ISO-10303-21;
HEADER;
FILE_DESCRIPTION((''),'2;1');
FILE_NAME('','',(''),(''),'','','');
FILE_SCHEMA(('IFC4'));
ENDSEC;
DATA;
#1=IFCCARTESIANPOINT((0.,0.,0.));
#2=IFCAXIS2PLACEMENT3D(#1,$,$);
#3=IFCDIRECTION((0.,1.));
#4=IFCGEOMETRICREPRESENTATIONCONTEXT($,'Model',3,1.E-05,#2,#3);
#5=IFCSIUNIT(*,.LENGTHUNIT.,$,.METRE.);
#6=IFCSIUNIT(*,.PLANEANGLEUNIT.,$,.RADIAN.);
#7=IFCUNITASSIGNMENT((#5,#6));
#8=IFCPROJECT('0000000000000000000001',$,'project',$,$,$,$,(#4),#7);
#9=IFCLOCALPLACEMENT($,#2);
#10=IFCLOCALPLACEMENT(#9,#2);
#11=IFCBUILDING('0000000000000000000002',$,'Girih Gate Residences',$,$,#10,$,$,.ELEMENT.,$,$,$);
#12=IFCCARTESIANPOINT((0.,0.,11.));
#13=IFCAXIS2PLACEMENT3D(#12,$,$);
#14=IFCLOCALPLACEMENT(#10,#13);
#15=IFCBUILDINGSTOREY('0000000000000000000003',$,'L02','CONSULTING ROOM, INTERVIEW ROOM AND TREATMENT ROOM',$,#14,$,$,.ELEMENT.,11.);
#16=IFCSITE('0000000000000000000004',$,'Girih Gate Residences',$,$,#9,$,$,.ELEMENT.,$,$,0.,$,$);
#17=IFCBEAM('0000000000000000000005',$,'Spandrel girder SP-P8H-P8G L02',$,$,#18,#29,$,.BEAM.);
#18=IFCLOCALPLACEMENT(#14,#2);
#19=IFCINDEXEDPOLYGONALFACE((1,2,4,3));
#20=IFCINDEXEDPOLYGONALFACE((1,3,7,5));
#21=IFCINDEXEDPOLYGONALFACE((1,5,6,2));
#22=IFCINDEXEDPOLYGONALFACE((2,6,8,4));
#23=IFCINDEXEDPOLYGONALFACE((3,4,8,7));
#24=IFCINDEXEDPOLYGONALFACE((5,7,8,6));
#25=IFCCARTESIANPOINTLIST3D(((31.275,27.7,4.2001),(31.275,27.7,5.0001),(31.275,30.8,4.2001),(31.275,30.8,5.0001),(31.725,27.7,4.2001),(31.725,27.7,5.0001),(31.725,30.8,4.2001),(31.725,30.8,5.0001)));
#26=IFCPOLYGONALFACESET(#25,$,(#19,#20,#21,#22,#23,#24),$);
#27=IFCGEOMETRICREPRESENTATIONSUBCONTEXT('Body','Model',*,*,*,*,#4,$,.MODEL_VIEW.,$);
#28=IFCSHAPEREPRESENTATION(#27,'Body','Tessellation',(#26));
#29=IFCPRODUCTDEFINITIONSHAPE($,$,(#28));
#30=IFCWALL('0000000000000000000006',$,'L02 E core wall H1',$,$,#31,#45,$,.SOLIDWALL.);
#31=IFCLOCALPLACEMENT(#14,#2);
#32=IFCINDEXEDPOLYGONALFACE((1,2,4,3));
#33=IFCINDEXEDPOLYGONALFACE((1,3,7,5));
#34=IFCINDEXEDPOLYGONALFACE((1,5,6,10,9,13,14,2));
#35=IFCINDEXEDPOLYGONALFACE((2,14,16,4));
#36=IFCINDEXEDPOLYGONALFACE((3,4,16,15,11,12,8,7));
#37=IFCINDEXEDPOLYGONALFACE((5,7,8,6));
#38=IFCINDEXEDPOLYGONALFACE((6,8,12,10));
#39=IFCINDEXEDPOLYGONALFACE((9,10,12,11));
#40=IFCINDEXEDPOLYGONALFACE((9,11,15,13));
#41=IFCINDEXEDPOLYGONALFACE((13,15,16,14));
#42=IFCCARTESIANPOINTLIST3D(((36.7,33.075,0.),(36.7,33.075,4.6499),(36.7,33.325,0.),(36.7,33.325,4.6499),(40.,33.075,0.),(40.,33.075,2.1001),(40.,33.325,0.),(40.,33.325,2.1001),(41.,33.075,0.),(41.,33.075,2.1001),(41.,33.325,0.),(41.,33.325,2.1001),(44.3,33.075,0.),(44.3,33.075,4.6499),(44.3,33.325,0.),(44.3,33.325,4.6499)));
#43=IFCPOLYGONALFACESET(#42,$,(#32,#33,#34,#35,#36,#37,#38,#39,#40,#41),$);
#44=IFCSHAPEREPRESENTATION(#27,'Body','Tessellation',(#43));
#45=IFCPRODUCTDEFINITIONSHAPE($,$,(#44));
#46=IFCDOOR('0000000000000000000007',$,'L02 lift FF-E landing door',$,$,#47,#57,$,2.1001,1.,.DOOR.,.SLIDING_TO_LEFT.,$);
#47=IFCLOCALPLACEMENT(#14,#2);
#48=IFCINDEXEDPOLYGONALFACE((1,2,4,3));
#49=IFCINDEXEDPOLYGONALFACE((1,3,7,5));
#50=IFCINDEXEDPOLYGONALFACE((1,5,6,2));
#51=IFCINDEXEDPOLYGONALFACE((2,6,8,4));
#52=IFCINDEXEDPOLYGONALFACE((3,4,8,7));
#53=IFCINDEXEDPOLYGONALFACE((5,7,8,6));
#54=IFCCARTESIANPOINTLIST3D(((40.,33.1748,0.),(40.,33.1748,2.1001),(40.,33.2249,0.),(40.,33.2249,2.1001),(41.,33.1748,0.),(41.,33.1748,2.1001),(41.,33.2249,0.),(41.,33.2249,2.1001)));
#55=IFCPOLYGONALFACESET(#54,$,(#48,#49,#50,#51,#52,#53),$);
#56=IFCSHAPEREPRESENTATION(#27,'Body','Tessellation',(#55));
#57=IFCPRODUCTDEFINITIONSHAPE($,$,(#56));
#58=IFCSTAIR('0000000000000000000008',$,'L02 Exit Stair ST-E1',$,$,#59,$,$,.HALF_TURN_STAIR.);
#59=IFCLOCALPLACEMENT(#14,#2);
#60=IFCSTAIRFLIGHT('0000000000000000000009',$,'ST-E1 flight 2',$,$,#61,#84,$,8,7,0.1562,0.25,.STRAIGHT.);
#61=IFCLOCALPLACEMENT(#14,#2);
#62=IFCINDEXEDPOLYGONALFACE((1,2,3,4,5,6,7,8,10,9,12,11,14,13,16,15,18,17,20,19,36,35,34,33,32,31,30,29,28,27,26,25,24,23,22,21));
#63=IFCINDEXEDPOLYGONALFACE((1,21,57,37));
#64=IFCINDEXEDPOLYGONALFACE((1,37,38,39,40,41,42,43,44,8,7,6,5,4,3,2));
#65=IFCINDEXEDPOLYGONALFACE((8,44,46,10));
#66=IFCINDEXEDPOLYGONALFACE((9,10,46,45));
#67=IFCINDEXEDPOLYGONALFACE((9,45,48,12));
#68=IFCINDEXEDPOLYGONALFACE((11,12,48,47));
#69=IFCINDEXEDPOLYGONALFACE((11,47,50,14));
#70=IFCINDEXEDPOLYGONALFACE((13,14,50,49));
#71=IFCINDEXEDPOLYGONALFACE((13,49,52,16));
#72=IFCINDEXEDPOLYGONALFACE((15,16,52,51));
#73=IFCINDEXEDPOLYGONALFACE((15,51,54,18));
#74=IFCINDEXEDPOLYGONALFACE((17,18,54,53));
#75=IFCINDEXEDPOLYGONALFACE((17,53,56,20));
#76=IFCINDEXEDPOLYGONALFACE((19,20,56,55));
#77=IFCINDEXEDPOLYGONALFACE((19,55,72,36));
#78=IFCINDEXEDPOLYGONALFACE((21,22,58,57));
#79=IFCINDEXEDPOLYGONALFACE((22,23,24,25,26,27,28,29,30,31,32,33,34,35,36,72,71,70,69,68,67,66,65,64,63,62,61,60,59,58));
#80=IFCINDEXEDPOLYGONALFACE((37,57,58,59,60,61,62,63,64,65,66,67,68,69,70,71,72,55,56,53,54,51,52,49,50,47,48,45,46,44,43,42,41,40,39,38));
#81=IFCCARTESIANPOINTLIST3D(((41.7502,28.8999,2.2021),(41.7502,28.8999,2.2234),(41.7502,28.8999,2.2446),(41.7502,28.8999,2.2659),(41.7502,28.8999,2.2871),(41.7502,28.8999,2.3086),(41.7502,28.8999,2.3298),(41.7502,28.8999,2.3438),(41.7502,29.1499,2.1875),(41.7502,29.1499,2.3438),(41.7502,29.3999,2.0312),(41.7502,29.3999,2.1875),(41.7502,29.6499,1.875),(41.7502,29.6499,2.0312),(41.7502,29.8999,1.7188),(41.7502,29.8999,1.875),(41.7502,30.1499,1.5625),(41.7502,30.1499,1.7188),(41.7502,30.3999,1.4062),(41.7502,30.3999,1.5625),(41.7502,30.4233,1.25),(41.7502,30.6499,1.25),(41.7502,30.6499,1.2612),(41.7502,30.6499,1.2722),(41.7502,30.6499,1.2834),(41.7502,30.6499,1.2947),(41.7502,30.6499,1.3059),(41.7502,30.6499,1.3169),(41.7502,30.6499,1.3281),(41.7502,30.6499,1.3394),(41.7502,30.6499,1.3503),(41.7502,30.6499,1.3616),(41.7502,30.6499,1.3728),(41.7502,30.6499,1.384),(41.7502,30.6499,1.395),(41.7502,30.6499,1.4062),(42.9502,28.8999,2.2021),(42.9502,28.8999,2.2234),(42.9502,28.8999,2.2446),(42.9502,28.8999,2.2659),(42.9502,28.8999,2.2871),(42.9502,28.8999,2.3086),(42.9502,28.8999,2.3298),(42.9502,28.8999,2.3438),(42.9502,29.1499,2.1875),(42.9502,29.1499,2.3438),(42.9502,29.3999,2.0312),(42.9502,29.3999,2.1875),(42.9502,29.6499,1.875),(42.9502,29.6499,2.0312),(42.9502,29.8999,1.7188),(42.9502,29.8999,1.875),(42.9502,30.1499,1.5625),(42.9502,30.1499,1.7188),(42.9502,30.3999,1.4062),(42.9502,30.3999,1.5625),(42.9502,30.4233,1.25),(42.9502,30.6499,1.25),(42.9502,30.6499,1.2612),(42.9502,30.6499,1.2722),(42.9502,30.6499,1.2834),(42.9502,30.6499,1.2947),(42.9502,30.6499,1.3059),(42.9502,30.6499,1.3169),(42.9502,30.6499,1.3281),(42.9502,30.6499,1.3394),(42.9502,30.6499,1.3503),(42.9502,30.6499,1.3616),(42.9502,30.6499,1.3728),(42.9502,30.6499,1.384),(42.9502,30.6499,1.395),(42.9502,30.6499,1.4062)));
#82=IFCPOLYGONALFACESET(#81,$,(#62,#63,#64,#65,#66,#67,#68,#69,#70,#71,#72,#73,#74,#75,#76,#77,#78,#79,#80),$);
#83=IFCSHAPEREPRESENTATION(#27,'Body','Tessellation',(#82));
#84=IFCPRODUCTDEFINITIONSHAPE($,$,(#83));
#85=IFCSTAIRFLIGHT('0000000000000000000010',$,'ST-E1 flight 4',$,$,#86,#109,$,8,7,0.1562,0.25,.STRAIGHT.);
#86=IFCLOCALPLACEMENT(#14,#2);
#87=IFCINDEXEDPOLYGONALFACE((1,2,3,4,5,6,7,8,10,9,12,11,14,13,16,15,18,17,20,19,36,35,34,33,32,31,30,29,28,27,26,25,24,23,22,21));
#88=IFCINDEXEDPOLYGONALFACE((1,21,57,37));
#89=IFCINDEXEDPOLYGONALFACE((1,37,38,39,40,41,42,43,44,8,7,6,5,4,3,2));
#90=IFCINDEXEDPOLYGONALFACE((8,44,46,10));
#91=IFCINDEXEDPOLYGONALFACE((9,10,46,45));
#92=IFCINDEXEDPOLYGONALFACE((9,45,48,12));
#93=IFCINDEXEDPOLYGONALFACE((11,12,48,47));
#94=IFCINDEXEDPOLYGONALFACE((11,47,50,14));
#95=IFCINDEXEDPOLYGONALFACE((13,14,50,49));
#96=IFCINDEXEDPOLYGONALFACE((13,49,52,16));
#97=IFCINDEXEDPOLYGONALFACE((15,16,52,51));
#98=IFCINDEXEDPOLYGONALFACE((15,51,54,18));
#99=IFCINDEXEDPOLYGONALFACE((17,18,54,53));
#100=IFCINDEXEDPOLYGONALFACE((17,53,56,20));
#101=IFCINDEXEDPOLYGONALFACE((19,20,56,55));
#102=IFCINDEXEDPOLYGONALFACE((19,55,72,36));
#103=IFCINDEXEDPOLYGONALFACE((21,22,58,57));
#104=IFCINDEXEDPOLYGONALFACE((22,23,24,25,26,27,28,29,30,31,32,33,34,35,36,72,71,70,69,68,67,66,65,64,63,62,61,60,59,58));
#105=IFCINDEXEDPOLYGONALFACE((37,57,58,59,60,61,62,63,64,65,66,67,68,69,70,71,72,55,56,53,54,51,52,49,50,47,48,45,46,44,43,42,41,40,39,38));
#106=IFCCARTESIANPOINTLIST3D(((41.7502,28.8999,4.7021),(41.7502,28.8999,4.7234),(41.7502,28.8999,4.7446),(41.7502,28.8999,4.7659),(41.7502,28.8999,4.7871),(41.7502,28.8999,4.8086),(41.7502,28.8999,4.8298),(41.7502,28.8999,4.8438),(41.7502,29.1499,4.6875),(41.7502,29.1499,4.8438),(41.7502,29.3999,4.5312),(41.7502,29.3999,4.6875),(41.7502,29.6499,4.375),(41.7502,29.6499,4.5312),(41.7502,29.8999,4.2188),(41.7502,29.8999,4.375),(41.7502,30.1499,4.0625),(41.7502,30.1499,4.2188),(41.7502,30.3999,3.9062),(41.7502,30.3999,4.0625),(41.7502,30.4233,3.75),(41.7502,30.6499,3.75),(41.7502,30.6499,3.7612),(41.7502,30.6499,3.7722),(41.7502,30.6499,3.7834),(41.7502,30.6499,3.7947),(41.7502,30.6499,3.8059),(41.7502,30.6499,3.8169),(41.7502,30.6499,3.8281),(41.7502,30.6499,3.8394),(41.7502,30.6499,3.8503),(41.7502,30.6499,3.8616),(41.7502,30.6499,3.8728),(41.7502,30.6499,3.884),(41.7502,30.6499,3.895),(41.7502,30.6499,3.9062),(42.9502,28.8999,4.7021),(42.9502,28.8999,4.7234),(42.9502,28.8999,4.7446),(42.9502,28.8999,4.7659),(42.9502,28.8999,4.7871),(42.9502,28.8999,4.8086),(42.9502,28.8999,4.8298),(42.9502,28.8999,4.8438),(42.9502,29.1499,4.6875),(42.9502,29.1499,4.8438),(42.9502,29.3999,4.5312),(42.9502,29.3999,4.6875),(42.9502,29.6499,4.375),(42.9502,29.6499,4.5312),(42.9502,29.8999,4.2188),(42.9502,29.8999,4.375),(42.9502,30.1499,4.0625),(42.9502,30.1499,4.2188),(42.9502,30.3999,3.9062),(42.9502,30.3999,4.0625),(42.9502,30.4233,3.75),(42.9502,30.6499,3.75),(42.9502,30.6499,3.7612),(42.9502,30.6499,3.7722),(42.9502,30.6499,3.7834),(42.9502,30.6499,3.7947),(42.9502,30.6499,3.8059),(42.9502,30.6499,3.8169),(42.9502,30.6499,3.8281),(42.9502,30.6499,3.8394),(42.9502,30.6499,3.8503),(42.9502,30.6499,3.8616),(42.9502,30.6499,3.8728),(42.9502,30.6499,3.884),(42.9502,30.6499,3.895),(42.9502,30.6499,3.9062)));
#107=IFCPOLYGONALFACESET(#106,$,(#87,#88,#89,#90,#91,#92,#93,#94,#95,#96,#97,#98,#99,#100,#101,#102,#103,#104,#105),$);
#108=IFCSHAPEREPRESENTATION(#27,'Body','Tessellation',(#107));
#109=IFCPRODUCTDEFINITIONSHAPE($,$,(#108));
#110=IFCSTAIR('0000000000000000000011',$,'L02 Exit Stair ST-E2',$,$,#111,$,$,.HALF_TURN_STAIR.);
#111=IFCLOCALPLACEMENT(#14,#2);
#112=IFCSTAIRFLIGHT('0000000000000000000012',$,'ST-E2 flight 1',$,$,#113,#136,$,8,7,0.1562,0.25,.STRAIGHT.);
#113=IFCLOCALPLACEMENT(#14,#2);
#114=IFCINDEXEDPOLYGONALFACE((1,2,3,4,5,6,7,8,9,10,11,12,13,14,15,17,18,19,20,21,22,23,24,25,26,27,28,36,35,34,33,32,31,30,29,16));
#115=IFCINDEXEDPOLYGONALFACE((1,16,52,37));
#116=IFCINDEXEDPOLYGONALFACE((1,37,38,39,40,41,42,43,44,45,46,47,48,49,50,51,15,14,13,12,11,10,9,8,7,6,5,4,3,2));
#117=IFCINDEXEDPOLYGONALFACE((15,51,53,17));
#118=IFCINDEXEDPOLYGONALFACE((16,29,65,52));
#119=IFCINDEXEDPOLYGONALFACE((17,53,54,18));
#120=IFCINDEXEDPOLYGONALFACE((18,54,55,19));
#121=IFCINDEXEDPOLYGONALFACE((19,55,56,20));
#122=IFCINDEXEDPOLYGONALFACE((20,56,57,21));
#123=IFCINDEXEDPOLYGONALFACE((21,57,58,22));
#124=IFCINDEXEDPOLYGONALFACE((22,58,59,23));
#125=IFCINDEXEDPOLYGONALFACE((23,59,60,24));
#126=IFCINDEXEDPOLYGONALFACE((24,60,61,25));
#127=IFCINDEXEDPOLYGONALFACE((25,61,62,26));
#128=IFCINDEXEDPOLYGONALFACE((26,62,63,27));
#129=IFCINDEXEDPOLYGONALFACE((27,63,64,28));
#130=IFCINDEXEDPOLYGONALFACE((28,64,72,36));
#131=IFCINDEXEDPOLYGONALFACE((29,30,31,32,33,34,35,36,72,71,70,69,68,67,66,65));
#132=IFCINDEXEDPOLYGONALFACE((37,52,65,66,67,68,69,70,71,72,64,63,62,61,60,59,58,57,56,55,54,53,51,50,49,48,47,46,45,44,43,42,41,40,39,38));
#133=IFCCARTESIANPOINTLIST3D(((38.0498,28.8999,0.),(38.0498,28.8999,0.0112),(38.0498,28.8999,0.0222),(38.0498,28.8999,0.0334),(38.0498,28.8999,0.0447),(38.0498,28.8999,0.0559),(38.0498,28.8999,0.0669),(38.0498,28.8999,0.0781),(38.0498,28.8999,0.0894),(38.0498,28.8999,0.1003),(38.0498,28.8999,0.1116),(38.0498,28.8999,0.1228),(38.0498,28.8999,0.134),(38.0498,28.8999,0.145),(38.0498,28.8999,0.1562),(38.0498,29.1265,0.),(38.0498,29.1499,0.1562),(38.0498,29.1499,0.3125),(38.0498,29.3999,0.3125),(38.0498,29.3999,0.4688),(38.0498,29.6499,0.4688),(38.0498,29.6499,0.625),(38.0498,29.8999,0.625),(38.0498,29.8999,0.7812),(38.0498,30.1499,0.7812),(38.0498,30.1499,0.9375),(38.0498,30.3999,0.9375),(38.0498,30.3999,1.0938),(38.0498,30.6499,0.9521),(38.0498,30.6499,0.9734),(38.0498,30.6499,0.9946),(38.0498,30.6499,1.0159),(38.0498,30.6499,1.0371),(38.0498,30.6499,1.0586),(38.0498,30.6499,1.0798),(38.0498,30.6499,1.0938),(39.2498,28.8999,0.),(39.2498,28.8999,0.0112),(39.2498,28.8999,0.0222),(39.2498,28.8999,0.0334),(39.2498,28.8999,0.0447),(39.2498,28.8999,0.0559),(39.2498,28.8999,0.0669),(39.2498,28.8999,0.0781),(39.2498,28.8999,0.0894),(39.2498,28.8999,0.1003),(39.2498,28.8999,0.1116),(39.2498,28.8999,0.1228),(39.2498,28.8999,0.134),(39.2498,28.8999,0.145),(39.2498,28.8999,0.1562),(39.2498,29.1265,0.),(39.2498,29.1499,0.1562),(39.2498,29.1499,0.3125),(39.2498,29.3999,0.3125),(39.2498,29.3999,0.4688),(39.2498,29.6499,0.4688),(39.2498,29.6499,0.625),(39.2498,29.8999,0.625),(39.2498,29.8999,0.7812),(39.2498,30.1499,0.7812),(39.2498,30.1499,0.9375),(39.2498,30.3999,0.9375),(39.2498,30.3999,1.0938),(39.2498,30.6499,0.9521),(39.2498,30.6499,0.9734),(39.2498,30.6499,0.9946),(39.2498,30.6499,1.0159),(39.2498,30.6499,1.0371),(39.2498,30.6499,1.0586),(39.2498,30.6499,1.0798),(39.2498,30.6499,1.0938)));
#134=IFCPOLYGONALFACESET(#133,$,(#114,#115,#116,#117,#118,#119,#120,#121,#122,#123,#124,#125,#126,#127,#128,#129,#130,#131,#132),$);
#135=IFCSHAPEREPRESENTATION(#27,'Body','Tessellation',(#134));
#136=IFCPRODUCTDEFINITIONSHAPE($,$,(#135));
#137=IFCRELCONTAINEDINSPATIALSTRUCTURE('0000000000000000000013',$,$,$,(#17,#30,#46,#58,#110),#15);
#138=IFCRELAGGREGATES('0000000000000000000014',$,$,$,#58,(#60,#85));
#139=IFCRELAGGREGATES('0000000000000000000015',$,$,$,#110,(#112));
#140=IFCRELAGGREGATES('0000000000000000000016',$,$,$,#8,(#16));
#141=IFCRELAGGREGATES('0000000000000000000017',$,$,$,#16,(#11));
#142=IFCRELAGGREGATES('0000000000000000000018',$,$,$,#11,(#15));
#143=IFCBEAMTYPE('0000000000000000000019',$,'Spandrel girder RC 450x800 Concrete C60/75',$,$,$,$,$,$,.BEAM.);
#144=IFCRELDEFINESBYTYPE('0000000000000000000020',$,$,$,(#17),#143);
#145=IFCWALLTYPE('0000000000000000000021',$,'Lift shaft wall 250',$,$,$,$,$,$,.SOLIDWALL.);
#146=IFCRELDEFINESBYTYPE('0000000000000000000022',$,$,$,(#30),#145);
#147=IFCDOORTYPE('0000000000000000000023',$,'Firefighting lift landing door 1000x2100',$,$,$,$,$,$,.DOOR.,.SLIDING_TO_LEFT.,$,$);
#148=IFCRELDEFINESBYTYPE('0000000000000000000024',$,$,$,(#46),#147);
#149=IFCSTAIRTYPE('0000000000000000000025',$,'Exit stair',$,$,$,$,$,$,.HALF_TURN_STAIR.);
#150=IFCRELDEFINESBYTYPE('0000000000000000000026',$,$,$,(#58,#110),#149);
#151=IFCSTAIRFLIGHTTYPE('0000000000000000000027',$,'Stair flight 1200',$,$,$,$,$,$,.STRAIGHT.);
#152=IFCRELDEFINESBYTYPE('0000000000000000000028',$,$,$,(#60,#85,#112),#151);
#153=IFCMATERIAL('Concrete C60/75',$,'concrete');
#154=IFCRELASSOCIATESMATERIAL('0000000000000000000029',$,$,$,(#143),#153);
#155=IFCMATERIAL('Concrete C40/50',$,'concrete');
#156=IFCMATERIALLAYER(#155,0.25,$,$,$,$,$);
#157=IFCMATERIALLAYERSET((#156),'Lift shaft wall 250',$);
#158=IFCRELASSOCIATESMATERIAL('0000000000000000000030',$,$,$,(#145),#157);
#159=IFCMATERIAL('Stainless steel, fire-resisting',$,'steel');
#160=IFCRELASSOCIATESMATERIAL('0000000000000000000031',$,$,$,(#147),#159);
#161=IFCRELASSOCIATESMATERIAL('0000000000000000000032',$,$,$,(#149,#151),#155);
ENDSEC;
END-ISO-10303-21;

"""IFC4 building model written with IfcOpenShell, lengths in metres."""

from ifc_helpers import new_model, si_unit, direction, frame, frame_2d, origin, origin_2d, place, context, subcontext, project, spatial, polyline, rectangle, outline, extrude, material, layer, layer_set, material_profile, profile_set, type_object, element, fill, aggregate, save


model = new_model("IFC4")

# Units and contexts
model_context = context("Model", 3, precision=1e-05, world=origin(), true_north=direction((0.0, 1.0)))
body_context = subcontext(model_context, "Body", "Model", "MODEL_VIEW")
ifc_project = project(units=[si_unit("LENGTHUNIT", "METRE"), si_unit("PLANEANGLEUNIT", "RADIAN")], contexts=[model_context])

# Site, building, storey
site_placement = place(None, origin())
site = spatial("IfcSite", under=ifc_project, at=site_placement, Name="Girih Gate Residences", CompositionType="ELEMENT", RefElevation=0.0)
building_placement = place(site_placement, origin())
building = spatial("IfcBuilding", under=site, at=building_placement, Name="Girih Gate Residences", CompositionType="ELEMENT")
storey_placement = place(building_placement, frame((0.0, 0.0, 11.0)))
storey = spatial("IfcBuildingStorey", under=building, at=storey_placement, Name="L02", Description="CONSULTING ROOM, INTERVIEW ROOM AND TREATMENT ROOM", CompositionType="ELEMENT", Elevation=11.0)

# Beam
ifc_material_1 = material(Name="Concrete C60/75", Category="concrete")
ifc_material_profile = material_profile(ifc_material_1, rectangle(XDim=0.45, YDim=0.8, at=origin_2d()))
ifc_profile_set = profile_set([ifc_material_profile], Name="Concrete C60/75")
beam_type = type_object("IfcBeamType", Name="Spandrel girder RC 450x800 Concrete C60/75", PredefinedType="BEAM", material=ifc_profile_set)
beam_placement = place(storey_placement, frame((31.5, 30.8, 4.6001), z_axis=(0.0, -1.0, 0.0), x_axis=(1.0, 0.0, 0.0)))
element("IfcBeam", 1, at=beam_placement, inside=storey, type_object=beam_type, Name="Spandrel girder SP-P8H-P8G L02", PredefinedType="BEAM", context=body_context, shape_type="SweptSolid", body=[
    extrude(rectangle(XDim=0.45, YDim=0.8, at=origin_2d()), origin(), (0.0, 0.0, 1.0), 3.1001),
])

# Wall, opening, door
ifc_material_2 = material(Name="Concrete C40/50", Category="concrete")
ifc_layer = layer(ifc_material_2, 0.25)
ifc_layer_set = layer_set([ifc_layer], Name="Lift shaft wall 250")
wall_type = type_object("IfcWallType", Name="Lift shaft wall 250", PredefinedType="SOLIDWALL", material=ifc_layer_set)
wall_placement = place(storey_placement, frame((36.7, 33.2, 0.0), z_axis=(0.0, 0.0, 1.0), x_axis=(1.0, 0.0, 0.0)))
wall = element("IfcWall", 2, at=wall_placement, inside=storey, type_object=wall_type, Name="L02 E core wall H1", PredefinedType="SOLIDWALL", context=body_context, shape_type="SweptSolid", body=[
    extrude(rectangle(XDim=7.6001, YDim=0.25, at=frame_2d((3.8, 0.0))), origin(), (0.0, 0.0, 1.0), 4.6499),
])
opening_placement = place(wall_placement, frame((3.3, 0.0, 0.0)))
opening = element("IfcOpeningElement", 3, at=opening_placement, cuts=wall, PredefinedType="OPENING", context=body_context, shape_type="SweptSolid", body=[
    extrude(rectangle(XDim=1.0, YDim=2.1001, at=frame_2d((0.5, 1.05))), frame((0.0, 0.135, 0.0), z_axis=(0.0, -1.0, 0.0), x_axis=(1.0, 0.0, 0.0)), (0.0, 0.0, 1.0), 0.27),
])
ifc_material_3 = material(Name="Stainless steel, fire-resisting", Category="steel")
door_type = type_object("IfcDoorType", Name="Firefighting lift landing door 1000x2100", OperationType="SLIDING_TO_LEFT", PredefinedType="DOOR", material=ifc_material_3)
door_placement = place(opening_placement, origin())
door = element("IfcDoor", 4, at=door_placement, inside=storey, type_object=door_type, Name="L02 lift FF-E landing door", OperationType="SLIDING_TO_LEFT", OverallHeight=2.1001, OverallWidth=1.0, PredefinedType="DOOR", context=body_context, shape_type="SweptSolid", body=[
    extrude(rectangle(XDim=1.0, YDim=2.1001, at=frame_2d((0.5, 1.05))), frame((0.0, 0.0249, 0.0), z_axis=(0.0, -1.0, 0.0), x_axis=(1.0, 0.0, 0.0)), (0.0, 0.0, 1.0), 0.05),
])
fill(opening, door)

# Stairs, stair flights
stair_type = type_object("IfcStairType", Name="Exit stair", PredefinedType="HALF_TURN_STAIR", material=ifc_material_2)
stair_1_placement = place(storey_placement, origin())
stair_1 = element("IfcStair", 5, at=stair_1_placement, inside=storey, type_object=stair_type, Name="L02 Exit Stair ST-E1", PredefinedType="HALF_TURN_STAIR")
stair_flight_type = type_object("IfcStairFlightType", Name="Stair flight 1200", PredefinedType="STRAIGHT", material=ifc_material_2)
stair_flight_1_placement = place(storey_placement, frame((42.3501, 30.6499, 1.25), z_axis=(0.0, 0.0, 1.0), x_axis=(0.0, -1.0, 0.0)))
stair_flight_1 = element("IfcStairFlight", 6, at=stair_flight_1_placement, type_object=stair_flight_type, Name="ST-E1 flight 2", NumberOfRisers=8, NumberOfTreads=7, PredefinedType="STRAIGHT", RiserHeight=0.1562, TreadLength=0.25, context=body_context, shape_type="SweptSolid", body=[
    extrude(outline(polyline([(0.0, 0.0), (0.0, 0.0112), (0.0, 0.0222), (0.0, 0.0334), (0.0, 0.0447), (0.0, 0.0559), (0.0, 0.0669), (0.0, 0.0781), (0.0, 0.0894), (0.0, 0.1003), (0.0, 0.1116), (0.0, 0.1228), (0.0, 0.134), (0.0, 0.145), (0.0, 0.1562), (0.25, 0.1562), (0.25, 0.3125), (0.5, 0.3125), (0.5, 0.4688), (0.75, 0.4688), (0.75, 0.625), (1.0, 0.625), (1.0, 0.7812), (1.25, 0.7812), (1.25, 0.9375), (1.5, 0.9375), (1.5, 1.0938), (1.75, 1.0938), (1.75, 1.105), (1.75, 1.116), (1.75, 1.1272), (1.75, 1.1384), (1.75, 1.1497), (1.75, 1.1606), (1.75, 1.1719), (1.75, 1.1831), (1.75, 1.1941), (1.75, 1.2053), (1.75, 1.2166), (1.75, 1.2278), (1.75, 1.2388), (1.75, 1.25), (1.75, 1.2288), (1.75, 1.2075), (1.75, 1.1863), (1.75, 1.1648), (1.75, 1.1436), (1.75, 1.1223), (1.75, 1.1011), (1.75, 1.0798), (1.75, 1.0586), (1.75, 1.0371), (1.75, 1.0159), (1.75, 0.9946), (1.75, 0.9734), (1.75, 0.9521), (0.2266, 0.0), (0.0, 0.0)])), frame((0.0, 0.6001, 0.0), z_axis=(0.0, -1.0, 0.0), x_axis=(1.0, 0.0, 0.0)), (0.0, 0.0, 1.0), 1.2),
])
stair_flight_2_placement = place(storey_placement, frame((42.3501, 30.6499, 3.75), z_axis=(0.0, 0.0, 1.0), x_axis=(0.0, -1.0, 0.0)))
stair_flight_2 = element("IfcStairFlight", 7, at=stair_flight_2_placement, type_object=stair_flight_type, Name="ST-E1 flight 4", NumberOfRisers=8, NumberOfTreads=7, PredefinedType="STRAIGHT", RiserHeight=0.1562, TreadLength=0.25, context=body_context, shape_type="SweptSolid", body=[
    extrude(outline(polyline([(0.0, 0.0), (0.0, 0.0112), (0.0, 0.0222), (0.0, 0.0334), (0.0, 0.0447), (0.0, 0.0559), (0.0, 0.0669), (0.0, 0.0781), (0.0, 0.0894), (0.0, 0.1003), (0.0, 0.1116), (0.0, 0.1228), (0.0, 0.134), (0.0, 0.145), (0.0, 0.1562), (0.25, 0.1562), (0.25, 0.3125), (0.5, 0.3125), (0.5, 0.4688), (0.75, 0.4688), (0.75, 0.625), (1.0, 0.625), (1.0, 0.7812), (1.25, 0.7812), (1.25, 0.9375), (1.5, 0.9375), (1.5, 1.0938), (1.75, 1.0938), (1.75, 1.105), (1.75, 1.116), (1.75, 1.1272), (1.75, 1.1384), (1.75, 1.1497), (1.75, 1.1606), (1.75, 1.1719), (1.75, 1.1831), (1.75, 1.1941), (1.75, 1.2053), (1.75, 1.2166), (1.75, 1.2278), (1.75, 1.2388), (1.75, 1.25), (1.75, 1.2288), (1.75, 1.2075), (1.75, 1.1863), (1.75, 1.1648), (1.75, 1.1436), (1.75, 1.1223), (1.75, 1.1011), (1.75, 1.0798), (1.75, 1.0586), (1.75, 1.0371), (1.75, 1.0159), (1.75, 0.9946), (1.75, 0.9734), (1.75, 0.9521), (0.2266, 0.0), (0.0, 0.0)])), frame((0.0, 0.6001, 0.0), z_axis=(0.0, -1.0, 0.0), x_axis=(1.0, 0.0, 0.0)), (0.0, 0.0, 1.0), 1.2),
])
aggregate(stair_1, [stair_flight_1, stair_flight_2])
stair_2_placement = place(storey_placement, origin())
stair_2 = element("IfcStair", 8, at=stair_2_placement, inside=storey, type_object=stair_type, Name="L02 Exit Stair ST-E2", PredefinedType="HALF_TURN_STAIR")
stair_flight_3_placement = place(storey_placement, frame((38.6499, 28.8999, 0.0), z_axis=(0.0, 0.0, 1.0), x_axis=(0.0, 1.0, 0.0)))
stair_flight_3 = element("IfcStairFlight", 9, at=stair_flight_3_placement, type_object=stair_flight_type, Name="ST-E2 flight 1", NumberOfRisers=8, NumberOfTreads=7, PredefinedType="STRAIGHT", RiserHeight=0.1562, TreadLength=0.25, context=body_context, shape_type="SweptSolid", body=[
    extrude(outline(polyline([(0.0, 0.0), (0.0, 0.0112), (0.0, 0.0222), (0.0, 0.0334), (0.0, 0.0447), (0.0, 0.0559), (0.0, 0.0669), (0.0, 0.0781), (0.0, 0.0894), (0.0, 0.1003), (0.0, 0.1116), (0.0, 0.1228), (0.0, 0.134), (0.0, 0.145), (0.0, 0.1562), (0.25, 0.1562), (0.25, 0.3125), (0.5, 0.3125), (0.5, 0.4688), (0.75, 0.4688), (0.75, 0.625), (1.0, 0.625), (1.0, 0.7812), (1.25, 0.7812), (1.25, 0.9375), (1.5, 0.9375), (1.5, 1.0938), (1.75, 1.0938), (1.75, 1.105), (1.75, 1.116), (1.75, 1.1272), (1.75, 1.1384), (1.75, 1.1497), (1.75, 1.1606), (1.75, 1.1719), (1.75, 1.1831), (1.75, 1.1941), (1.75, 1.2053), (1.75, 1.2166), (1.75, 1.2278), (1.75, 1.2388), (1.75, 1.25), (1.75, 1.2288), (1.75, 1.2075), (1.75, 1.1863), (1.75, 1.1648), (1.75, 1.1436), (1.75, 1.1223), (1.75, 1.1011), (1.75, 1.0798), (1.75, 1.0586), (1.75, 1.0371), (1.75, 1.0159), (1.75, 0.9946), (1.75, 0.9734), (1.75, 0.9521), (0.2266, 0.0), (0.0, 0.0)])), frame((0.0, 0.6001, 0.0), z_axis=(0.0, -1.0, 0.0), x_axis=(1.0, 0.0, 0.0)), (0.0, 0.0, 1.0), 1.2),
])
aggregate(stair_2, [stair_flight_3])

save(model, "model.ifc")
